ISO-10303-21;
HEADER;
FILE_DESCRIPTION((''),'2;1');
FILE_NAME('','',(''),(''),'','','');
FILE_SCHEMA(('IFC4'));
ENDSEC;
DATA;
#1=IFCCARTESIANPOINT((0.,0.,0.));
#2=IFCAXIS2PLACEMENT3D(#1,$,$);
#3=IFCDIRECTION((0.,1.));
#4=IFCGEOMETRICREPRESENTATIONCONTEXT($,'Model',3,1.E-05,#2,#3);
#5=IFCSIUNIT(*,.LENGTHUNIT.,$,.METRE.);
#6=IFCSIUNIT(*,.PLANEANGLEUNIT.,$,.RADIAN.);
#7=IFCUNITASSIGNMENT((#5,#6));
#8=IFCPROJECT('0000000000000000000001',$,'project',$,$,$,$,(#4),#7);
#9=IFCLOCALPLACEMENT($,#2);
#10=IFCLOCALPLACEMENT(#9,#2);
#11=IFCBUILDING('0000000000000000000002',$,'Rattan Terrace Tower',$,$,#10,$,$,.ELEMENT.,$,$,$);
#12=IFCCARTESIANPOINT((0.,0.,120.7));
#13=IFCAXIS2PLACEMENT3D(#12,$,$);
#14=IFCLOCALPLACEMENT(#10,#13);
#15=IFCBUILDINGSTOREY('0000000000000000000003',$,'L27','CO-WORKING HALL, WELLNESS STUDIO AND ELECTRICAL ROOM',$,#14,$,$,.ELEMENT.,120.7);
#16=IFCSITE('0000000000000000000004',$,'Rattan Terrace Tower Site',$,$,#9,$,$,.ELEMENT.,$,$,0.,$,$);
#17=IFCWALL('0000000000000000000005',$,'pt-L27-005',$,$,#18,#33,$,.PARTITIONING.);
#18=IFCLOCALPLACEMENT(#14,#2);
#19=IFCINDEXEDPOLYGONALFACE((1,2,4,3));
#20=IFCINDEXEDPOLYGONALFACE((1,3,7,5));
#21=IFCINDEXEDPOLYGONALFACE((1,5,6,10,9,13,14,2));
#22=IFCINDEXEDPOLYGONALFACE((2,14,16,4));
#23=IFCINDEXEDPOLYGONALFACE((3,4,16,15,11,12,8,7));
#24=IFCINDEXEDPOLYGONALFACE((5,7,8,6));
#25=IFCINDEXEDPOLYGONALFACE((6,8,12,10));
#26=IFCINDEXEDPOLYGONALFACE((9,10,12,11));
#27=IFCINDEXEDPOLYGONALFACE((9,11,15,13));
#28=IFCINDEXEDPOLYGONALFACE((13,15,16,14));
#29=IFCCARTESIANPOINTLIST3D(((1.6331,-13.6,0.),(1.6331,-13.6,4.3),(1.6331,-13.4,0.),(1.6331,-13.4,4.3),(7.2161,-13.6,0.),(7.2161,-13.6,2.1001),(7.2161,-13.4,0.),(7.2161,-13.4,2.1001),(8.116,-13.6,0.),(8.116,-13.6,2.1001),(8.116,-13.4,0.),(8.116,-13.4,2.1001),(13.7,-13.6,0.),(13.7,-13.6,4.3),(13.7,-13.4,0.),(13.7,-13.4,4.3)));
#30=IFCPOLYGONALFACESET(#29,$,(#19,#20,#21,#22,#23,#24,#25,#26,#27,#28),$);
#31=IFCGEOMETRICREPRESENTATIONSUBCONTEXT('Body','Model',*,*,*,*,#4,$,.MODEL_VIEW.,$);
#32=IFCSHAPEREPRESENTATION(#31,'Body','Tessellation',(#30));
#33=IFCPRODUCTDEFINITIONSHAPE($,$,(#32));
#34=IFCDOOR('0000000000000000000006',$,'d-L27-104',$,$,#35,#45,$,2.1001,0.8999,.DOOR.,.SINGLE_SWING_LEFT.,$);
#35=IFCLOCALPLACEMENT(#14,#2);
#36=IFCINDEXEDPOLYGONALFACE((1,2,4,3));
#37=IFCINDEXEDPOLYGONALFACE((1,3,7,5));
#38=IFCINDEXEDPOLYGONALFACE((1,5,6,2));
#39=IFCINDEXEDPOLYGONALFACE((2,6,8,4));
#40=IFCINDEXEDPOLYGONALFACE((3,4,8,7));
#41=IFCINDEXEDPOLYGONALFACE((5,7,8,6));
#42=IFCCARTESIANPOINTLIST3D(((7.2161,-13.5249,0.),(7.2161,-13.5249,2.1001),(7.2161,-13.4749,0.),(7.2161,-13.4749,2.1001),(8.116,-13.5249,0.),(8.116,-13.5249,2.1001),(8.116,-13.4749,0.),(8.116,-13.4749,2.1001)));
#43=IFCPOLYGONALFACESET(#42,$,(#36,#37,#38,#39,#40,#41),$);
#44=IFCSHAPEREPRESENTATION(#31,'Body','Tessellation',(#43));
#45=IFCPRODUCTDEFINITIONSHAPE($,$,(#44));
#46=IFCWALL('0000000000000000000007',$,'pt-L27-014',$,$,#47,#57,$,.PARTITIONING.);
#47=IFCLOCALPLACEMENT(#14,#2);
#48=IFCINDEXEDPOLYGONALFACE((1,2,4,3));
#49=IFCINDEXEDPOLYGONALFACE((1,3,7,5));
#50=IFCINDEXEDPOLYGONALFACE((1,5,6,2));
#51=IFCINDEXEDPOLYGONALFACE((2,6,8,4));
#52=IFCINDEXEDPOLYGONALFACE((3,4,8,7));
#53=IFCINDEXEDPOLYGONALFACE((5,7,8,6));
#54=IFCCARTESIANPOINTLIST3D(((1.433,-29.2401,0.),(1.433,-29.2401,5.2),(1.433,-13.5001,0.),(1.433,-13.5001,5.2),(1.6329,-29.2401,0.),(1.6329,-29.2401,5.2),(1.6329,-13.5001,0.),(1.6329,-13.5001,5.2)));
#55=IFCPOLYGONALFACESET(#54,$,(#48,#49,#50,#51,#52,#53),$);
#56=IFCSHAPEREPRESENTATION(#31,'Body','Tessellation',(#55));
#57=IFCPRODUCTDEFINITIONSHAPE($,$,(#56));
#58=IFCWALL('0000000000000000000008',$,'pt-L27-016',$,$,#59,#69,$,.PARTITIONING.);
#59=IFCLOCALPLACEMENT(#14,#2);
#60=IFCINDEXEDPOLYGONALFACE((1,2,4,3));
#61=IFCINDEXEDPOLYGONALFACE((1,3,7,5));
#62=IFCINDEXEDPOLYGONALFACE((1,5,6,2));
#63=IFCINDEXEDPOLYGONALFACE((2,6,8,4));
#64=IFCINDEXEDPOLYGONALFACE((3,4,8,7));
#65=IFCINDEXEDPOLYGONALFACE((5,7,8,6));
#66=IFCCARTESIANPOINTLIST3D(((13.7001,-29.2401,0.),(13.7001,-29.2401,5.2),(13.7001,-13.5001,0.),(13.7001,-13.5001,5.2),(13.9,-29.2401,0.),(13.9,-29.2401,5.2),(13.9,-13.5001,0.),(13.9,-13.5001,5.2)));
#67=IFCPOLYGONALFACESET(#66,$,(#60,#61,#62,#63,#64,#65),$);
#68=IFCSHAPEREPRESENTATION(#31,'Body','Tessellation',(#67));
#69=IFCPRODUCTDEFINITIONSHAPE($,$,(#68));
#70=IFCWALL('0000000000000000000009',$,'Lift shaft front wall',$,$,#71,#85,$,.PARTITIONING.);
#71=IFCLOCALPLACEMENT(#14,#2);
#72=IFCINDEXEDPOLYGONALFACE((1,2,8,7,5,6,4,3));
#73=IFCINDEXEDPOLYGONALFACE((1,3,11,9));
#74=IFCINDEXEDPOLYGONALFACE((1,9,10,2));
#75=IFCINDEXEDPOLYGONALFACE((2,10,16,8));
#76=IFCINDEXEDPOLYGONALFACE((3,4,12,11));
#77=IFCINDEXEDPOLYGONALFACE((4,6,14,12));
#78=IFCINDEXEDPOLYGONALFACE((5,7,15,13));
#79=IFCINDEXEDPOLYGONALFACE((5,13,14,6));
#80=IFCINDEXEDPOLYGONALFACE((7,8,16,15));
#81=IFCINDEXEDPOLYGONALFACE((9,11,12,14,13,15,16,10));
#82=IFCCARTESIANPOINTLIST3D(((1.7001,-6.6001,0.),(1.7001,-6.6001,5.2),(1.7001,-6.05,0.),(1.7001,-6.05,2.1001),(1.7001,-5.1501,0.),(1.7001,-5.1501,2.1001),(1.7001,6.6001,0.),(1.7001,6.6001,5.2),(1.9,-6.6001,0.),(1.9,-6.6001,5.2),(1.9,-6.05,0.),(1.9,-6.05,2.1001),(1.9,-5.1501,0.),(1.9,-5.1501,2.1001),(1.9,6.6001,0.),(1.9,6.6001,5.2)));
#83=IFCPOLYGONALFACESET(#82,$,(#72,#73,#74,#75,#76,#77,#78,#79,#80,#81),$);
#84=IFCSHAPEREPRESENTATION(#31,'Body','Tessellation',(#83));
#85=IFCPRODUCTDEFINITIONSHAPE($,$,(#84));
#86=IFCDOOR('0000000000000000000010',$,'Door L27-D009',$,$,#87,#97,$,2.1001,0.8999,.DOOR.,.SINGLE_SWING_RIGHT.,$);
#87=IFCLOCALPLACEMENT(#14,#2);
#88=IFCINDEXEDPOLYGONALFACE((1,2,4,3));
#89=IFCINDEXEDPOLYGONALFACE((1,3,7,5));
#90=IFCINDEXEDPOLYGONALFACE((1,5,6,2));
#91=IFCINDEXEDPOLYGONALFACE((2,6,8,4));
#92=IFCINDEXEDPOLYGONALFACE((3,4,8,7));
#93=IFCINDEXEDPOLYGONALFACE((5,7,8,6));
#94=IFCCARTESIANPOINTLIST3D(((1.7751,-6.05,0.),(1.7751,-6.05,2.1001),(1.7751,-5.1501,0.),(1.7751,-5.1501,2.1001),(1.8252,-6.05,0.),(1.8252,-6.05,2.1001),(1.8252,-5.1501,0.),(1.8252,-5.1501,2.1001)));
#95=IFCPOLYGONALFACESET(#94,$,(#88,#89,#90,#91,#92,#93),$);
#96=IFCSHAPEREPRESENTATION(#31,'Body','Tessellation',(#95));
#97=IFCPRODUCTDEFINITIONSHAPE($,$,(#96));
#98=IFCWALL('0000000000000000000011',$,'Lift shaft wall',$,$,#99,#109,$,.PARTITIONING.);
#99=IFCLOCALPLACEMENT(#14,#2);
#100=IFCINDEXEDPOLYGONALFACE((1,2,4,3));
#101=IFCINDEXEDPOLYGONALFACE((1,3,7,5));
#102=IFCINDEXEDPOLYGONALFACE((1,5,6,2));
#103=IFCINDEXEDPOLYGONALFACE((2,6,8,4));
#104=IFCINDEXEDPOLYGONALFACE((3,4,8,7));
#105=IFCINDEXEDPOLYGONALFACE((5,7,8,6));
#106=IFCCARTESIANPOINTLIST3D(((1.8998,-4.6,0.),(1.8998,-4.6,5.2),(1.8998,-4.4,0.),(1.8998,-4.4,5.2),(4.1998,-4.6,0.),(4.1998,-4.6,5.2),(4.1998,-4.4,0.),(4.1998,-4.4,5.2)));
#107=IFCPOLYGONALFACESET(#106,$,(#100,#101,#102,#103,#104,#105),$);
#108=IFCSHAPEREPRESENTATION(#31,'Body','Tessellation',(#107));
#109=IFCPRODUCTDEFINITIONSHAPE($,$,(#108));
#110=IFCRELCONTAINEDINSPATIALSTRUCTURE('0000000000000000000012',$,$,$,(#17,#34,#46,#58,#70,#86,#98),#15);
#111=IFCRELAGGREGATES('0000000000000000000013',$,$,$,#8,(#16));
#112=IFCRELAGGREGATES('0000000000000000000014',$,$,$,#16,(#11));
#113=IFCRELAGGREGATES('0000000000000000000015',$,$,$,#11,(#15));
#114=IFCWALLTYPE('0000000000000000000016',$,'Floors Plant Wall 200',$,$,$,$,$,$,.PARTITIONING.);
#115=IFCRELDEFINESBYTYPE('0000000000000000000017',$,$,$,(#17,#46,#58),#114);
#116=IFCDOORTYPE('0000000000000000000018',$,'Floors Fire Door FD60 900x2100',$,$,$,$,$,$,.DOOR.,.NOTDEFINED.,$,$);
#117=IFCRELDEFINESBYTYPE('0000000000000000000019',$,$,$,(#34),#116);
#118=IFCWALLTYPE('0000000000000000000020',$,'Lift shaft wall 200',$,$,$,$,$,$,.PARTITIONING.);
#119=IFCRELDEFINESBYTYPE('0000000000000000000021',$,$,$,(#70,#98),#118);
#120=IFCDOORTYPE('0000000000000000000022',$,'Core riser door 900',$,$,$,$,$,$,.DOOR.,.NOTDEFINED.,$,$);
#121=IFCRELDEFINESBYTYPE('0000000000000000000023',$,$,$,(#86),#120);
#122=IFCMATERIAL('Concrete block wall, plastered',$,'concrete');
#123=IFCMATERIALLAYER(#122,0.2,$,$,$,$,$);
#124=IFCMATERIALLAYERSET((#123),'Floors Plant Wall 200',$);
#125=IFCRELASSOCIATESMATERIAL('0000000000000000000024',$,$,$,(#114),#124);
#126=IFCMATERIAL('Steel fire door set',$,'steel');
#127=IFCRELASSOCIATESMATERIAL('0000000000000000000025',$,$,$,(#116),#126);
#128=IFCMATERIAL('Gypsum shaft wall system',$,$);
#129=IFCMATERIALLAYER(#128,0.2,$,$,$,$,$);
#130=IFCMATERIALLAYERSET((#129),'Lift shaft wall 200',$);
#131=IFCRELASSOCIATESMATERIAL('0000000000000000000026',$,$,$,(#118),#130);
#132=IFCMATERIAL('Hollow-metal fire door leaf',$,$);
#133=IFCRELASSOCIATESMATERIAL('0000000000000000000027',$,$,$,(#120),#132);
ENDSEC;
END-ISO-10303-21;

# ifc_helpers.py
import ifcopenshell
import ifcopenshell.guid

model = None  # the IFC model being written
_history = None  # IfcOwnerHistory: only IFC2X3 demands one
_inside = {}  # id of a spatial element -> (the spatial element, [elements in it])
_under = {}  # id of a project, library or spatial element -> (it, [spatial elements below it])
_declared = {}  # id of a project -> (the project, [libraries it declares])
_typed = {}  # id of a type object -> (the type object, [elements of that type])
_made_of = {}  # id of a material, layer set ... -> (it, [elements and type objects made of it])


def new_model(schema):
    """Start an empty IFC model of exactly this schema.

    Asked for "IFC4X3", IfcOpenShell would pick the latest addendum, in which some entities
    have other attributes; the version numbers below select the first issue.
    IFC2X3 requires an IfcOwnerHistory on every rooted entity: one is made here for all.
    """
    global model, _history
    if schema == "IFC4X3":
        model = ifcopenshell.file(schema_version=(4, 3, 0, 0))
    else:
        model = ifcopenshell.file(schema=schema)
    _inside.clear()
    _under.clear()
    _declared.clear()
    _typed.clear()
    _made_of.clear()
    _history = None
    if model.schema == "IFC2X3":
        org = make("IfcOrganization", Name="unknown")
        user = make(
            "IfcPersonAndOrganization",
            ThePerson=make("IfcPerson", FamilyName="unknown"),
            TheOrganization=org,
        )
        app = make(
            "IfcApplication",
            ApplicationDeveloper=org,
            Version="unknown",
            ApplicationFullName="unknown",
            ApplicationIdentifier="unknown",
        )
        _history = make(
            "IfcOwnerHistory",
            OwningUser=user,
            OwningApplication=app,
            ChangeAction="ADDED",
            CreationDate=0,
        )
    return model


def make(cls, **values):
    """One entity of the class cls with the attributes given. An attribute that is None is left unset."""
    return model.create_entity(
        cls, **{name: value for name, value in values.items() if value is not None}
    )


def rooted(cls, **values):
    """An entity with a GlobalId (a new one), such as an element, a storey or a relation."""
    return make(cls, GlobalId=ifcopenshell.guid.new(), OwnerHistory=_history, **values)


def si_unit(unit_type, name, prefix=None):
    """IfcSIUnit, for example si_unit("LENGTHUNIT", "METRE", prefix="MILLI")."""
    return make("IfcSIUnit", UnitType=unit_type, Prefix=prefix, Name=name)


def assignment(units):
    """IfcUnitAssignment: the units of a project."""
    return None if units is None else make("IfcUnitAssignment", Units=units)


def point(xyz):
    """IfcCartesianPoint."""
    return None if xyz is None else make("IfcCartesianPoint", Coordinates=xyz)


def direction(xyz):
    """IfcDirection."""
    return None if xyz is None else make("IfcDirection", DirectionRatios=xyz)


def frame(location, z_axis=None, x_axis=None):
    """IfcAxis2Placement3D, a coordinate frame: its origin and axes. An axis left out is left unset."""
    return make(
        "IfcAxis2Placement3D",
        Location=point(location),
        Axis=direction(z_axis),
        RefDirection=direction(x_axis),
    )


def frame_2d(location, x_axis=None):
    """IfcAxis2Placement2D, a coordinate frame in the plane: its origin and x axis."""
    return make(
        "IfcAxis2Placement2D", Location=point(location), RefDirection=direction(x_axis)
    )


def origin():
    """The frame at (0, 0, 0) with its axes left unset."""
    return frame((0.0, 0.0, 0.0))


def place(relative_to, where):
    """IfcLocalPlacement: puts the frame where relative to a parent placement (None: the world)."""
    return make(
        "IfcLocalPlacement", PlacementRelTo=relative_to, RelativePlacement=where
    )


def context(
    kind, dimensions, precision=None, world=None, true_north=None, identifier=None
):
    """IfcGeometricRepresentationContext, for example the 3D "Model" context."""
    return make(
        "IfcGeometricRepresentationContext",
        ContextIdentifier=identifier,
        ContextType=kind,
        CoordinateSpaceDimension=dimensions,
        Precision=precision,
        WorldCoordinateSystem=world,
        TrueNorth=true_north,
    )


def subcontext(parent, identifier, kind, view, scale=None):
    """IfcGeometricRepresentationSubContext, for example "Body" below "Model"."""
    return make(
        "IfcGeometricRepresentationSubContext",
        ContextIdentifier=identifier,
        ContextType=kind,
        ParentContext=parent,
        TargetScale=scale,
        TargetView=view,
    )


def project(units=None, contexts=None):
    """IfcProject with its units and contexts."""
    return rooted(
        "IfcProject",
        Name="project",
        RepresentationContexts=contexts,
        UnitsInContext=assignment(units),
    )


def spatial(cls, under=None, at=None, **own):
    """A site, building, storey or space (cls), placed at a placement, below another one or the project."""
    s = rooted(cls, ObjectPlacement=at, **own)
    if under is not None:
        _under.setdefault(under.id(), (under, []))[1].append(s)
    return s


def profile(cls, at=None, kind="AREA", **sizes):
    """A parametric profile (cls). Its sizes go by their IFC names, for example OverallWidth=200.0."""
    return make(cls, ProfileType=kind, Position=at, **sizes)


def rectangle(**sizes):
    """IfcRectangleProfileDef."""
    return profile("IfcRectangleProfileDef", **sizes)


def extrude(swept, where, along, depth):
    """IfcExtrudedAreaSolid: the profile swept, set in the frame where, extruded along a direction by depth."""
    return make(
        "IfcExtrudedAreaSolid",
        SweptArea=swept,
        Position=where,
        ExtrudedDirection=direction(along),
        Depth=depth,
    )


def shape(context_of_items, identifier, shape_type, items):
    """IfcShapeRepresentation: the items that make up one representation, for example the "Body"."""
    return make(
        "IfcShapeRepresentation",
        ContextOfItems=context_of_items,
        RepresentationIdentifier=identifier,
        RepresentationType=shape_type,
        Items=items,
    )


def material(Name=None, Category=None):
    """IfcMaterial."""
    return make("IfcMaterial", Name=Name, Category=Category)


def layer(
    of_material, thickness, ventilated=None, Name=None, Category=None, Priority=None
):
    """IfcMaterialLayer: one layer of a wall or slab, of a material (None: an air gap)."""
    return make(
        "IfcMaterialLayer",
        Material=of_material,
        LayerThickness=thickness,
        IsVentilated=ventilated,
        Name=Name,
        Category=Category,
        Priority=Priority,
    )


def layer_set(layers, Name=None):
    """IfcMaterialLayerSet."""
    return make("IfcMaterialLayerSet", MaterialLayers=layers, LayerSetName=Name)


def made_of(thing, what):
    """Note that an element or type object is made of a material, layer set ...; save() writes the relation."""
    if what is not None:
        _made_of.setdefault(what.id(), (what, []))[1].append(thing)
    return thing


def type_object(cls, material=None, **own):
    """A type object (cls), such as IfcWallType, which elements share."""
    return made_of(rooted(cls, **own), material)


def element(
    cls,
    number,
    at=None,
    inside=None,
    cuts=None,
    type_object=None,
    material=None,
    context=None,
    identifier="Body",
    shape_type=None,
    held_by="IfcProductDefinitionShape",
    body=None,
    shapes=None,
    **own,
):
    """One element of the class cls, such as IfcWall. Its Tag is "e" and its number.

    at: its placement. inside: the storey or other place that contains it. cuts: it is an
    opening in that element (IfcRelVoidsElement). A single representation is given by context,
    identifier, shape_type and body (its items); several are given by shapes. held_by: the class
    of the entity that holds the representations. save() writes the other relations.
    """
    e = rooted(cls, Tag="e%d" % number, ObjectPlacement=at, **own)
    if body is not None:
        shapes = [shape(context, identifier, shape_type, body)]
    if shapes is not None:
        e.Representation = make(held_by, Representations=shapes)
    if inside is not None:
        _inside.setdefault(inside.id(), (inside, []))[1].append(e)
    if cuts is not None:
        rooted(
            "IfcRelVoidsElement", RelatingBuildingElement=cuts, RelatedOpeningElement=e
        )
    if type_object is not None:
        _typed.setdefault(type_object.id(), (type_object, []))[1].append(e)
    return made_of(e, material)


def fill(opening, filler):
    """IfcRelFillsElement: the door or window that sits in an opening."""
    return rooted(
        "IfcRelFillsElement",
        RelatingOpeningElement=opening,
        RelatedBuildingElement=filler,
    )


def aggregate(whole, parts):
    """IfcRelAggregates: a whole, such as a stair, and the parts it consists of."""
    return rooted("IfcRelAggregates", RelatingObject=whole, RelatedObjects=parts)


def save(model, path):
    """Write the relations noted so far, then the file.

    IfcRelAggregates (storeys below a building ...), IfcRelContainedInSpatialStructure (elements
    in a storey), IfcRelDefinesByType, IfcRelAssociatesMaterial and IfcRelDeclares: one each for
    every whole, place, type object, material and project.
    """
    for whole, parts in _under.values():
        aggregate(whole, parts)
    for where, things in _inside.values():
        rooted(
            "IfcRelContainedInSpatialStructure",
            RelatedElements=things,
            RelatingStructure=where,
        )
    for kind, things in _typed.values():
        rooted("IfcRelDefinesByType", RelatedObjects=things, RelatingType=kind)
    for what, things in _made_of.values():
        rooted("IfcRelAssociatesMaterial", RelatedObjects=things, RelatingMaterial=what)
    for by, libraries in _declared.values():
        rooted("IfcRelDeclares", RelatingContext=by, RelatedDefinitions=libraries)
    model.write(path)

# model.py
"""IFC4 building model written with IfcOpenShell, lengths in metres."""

from ifc_helpers import new_model, si_unit, direction, frame, frame_2d, origin, place, context, subcontext, project, spatial, rectangle, extrude, material, layer, layer_set, type_object, element, fill, save


model = new_model("IFC4")

# Units and contexts
model_context = context("Model", 3, precision=1e-05, world=origin(), true_north=direction((0.0, 1.0)))
body_context = subcontext(model_context, "Body", "Model", "MODEL_VIEW")
ifc_project = project(units=[si_unit("LENGTHUNIT", "METRE"), si_unit("PLANEANGLEUNIT", "RADIAN")], contexts=[model_context])

# Site, building, storey
site_placement = place(None, origin())
site = spatial("IfcSite", under=ifc_project, at=site_placement, Name="Rattan Terrace Tower Site", CompositionType="ELEMENT", RefElevation=0.0)
building_placement = place(site_placement, origin())
building = spatial("IfcBuilding", under=site, at=building_placement, Name="Rattan Terrace Tower", CompositionType="ELEMENT")
storey_placement = place(building_placement, frame((0.0, 0.0, 120.7)))
storey = spatial("IfcBuildingStorey", under=building, at=storey_placement, Name="L27", Description="CO-WORKING HALL, WELLNESS STUDIO AND ELECTRICAL ROOM", CompositionType="ELEMENT", Elevation=120.7)

# Wall, opening, door
ifc_material_1 = material(Name="Concrete block wall, plastered", Category="concrete")
ifc_layer_1 = layer(ifc_material_1, 0.2)
ifc_layer_set_1 = layer_set([ifc_layer_1], Name="Floors Plant Wall 200")
wall_type_1 = type_object("IfcWallType", Name="Floors Plant Wall 200", PredefinedType="PARTITIONING", material=ifc_layer_set_1)
wall_1_placement = place(storey_placement, frame((13.7, -13.5, 0.0), z_axis=(0.0, 0.0, 1.0), x_axis=(-1.0, 0.0, 0.0)))
wall_1 = element("IfcWall", 1, at=wall_1_placement, inside=storey, type_object=wall_type_1, Name="pt-L27-005", PredefinedType="PARTITIONING", context=body_context, shape_type="SweptSolid", body=[
    extrude(rectangle(XDim=12.0669, YDim=0.2, at=frame_2d((6.0334, 0.0))), origin(), (0.0, 0.0, 1.0), 4.3),
])
opening_1_placement = place(wall_1_placement, frame((5.584, 0.0, 0.0)))
opening_1 = element("IfcOpeningElement", 2, at=opening_1_placement, cuts=wall_1, PredefinedType="OPENING", context=body_context, shape_type="SweptSolid", body=[
    extrude(rectangle(XDim=0.8999, YDim=2.1001, at=frame_2d((0.45, 1.05))), frame((0.0, 0.1106, 0.0), z_axis=(0.0, -1.0, 0.0), x_axis=(1.0, 0.0, 0.0)), (0.0, 0.0, 1.0), 0.2209),
])
ifc_material_2 = material(Name="Steel fire door set", Category="steel")
door_type_1 = type_object("IfcDoorType", Name="Floors Fire Door FD60 900x2100", OperationType="NOTDEFINED", PredefinedType="DOOR", material=ifc_material_2)
door_1_placement = place(opening_1_placement, origin())
door_1 = element("IfcDoor", 3, at=door_1_placement, inside=storey, type_object=door_type_1, Name="d-L27-104", OperationType="SINGLE_SWING_LEFT", OverallHeight=2.1001, OverallWidth=0.8999, PredefinedType="DOOR", context=body_context, shape_type="SweptSolid", body=[
    extrude(rectangle(XDim=0.8999, YDim=2.1001, at=frame_2d((0.45, 1.05))), frame((0.0, 0.0249, 0.0), z_axis=(0.0, -1.0, 0.0), x_axis=(1.0, 0.0, 0.0)), (0.0, 0.0, 1.0), 0.05),
])
fill(opening_1, door_1)

# Walls
for number, where, z_axis, x_axis, name in (
    (4, (1.533, -13.5, 0.0), (0.0, 0.0, 1.0), (0.0, -1.0, 0.0), "pt-L27-014"),
    (5, (13.8, -13.5, 0.0), (0.0, 0.0, 1.0), (0.0, -1.0, 0.0), "pt-L27-016"),
):
    element("IfcWall", number, at=place(storey_placement, frame(where, z_axis=z_axis, x_axis=x_axis)), inside=storey, type_object=wall_type_1, Name=name, PredefinedType="PARTITIONING", context=body_context, shape_type="SweptSolid", body=[
        extrude(rectangle(XDim=15.74, YDim=0.2, at=frame_2d((7.8701, 0.0))), origin(), (0.0, 0.0, 1.0), 5.2),
    ])

# Wall, opening, door
ifc_material_3 = material(Name="Gypsum shaft wall system")
ifc_layer_2 = layer(ifc_material_3, 0.2)
ifc_layer_set_2 = layer_set([ifc_layer_2], Name="Lift shaft wall 200")
wall_type_2 = type_object("IfcWallType", Name="Lift shaft wall 200", PredefinedType="PARTITIONING", material=ifc_layer_set_2)
wall_2_placement = place(storey_placement, frame((1.8, -6.6001, 0.0), z_axis=(0.0, 0.0, 1.0), x_axis=(0.0, 1.0, 0.0)))
wall_2 = element("IfcWall", 6, at=wall_2_placement, inside=storey, type_object=wall_type_2, Name="Lift shaft front wall", PredefinedType="PARTITIONING", context=body_context, shape_type="SweptSolid", body=[
    extrude(rectangle(XDim=13.2002, YDim=0.2, at=frame_2d((6.6001, 0.0))), origin(), (0.0, 0.0, 1.0), 5.2),
])
opening_2_placement = place(wall_2_placement, frame((0.55, 0.0, 0.0)))
opening_2 = element("IfcOpeningElement", 7, at=opening_2_placement, cuts=wall_2, PredefinedType="OPENING", context=body_context, shape_type="SweptSolid", body=[
    extrude(rectangle(XDim=0.8999, YDim=2.1001, at=frame_2d((0.45, 1.05))), frame((0.0, 0.1106, 0.0), z_axis=(0.0, -1.0, 0.0), x_axis=(1.0, 0.0, 0.0)), (0.0, 0.0, 1.0), 0.2209),
])
ifc_material_4 = material(Name="Hollow-metal fire door leaf")
door_type_2 = type_object("IfcDoorType", Name="Core riser door 900", OperationType="NOTDEFINED", PredefinedType="DOOR", material=ifc_material_4)
door_2_placement = place(opening_2_placement, origin())
door_2 = element("IfcDoor", 8, at=door_2_placement, inside=storey, type_object=door_type_2, Name="Door L27-D009", OperationType="SINGLE_SWING_RIGHT", OverallHeight=2.1001, OverallWidth=0.8999, PredefinedType="DOOR", context=body_context, shape_type="SweptSolid", body=[
    extrude(rectangle(XDim=0.8999, YDim=2.1001, at=frame_2d((0.45, 1.05))), frame((0.0, 0.0249, 0.0), z_axis=(0.0, -1.0, 0.0), x_axis=(1.0, 0.0, 0.0)), (0.0, 0.0, 1.0), 0.05),
])
fill(opening_2, door_2)

# Wall
wall_3_placement = place(storey_placement, frame((1.8999, -4.5, 0.0), z_axis=(0.0, 0.0, 1.0), x_axis=(1.0, 0.0, 0.0)))
element("IfcWall", 9, at=wall_3_placement, inside=storey, type_object=wall_type_2, Name="Lift shaft wall", PredefinedType="PARTITIONING", context=body_context, shape_type="SweptSolid", body=[
    extrude(rectangle(XDim=2.3, YDim=0.2, at=frame_2d((1.1499, 0.0))), origin(), (0.0, 0.0, 1.0), 5.2),
])

save(model, "model.ifc")
